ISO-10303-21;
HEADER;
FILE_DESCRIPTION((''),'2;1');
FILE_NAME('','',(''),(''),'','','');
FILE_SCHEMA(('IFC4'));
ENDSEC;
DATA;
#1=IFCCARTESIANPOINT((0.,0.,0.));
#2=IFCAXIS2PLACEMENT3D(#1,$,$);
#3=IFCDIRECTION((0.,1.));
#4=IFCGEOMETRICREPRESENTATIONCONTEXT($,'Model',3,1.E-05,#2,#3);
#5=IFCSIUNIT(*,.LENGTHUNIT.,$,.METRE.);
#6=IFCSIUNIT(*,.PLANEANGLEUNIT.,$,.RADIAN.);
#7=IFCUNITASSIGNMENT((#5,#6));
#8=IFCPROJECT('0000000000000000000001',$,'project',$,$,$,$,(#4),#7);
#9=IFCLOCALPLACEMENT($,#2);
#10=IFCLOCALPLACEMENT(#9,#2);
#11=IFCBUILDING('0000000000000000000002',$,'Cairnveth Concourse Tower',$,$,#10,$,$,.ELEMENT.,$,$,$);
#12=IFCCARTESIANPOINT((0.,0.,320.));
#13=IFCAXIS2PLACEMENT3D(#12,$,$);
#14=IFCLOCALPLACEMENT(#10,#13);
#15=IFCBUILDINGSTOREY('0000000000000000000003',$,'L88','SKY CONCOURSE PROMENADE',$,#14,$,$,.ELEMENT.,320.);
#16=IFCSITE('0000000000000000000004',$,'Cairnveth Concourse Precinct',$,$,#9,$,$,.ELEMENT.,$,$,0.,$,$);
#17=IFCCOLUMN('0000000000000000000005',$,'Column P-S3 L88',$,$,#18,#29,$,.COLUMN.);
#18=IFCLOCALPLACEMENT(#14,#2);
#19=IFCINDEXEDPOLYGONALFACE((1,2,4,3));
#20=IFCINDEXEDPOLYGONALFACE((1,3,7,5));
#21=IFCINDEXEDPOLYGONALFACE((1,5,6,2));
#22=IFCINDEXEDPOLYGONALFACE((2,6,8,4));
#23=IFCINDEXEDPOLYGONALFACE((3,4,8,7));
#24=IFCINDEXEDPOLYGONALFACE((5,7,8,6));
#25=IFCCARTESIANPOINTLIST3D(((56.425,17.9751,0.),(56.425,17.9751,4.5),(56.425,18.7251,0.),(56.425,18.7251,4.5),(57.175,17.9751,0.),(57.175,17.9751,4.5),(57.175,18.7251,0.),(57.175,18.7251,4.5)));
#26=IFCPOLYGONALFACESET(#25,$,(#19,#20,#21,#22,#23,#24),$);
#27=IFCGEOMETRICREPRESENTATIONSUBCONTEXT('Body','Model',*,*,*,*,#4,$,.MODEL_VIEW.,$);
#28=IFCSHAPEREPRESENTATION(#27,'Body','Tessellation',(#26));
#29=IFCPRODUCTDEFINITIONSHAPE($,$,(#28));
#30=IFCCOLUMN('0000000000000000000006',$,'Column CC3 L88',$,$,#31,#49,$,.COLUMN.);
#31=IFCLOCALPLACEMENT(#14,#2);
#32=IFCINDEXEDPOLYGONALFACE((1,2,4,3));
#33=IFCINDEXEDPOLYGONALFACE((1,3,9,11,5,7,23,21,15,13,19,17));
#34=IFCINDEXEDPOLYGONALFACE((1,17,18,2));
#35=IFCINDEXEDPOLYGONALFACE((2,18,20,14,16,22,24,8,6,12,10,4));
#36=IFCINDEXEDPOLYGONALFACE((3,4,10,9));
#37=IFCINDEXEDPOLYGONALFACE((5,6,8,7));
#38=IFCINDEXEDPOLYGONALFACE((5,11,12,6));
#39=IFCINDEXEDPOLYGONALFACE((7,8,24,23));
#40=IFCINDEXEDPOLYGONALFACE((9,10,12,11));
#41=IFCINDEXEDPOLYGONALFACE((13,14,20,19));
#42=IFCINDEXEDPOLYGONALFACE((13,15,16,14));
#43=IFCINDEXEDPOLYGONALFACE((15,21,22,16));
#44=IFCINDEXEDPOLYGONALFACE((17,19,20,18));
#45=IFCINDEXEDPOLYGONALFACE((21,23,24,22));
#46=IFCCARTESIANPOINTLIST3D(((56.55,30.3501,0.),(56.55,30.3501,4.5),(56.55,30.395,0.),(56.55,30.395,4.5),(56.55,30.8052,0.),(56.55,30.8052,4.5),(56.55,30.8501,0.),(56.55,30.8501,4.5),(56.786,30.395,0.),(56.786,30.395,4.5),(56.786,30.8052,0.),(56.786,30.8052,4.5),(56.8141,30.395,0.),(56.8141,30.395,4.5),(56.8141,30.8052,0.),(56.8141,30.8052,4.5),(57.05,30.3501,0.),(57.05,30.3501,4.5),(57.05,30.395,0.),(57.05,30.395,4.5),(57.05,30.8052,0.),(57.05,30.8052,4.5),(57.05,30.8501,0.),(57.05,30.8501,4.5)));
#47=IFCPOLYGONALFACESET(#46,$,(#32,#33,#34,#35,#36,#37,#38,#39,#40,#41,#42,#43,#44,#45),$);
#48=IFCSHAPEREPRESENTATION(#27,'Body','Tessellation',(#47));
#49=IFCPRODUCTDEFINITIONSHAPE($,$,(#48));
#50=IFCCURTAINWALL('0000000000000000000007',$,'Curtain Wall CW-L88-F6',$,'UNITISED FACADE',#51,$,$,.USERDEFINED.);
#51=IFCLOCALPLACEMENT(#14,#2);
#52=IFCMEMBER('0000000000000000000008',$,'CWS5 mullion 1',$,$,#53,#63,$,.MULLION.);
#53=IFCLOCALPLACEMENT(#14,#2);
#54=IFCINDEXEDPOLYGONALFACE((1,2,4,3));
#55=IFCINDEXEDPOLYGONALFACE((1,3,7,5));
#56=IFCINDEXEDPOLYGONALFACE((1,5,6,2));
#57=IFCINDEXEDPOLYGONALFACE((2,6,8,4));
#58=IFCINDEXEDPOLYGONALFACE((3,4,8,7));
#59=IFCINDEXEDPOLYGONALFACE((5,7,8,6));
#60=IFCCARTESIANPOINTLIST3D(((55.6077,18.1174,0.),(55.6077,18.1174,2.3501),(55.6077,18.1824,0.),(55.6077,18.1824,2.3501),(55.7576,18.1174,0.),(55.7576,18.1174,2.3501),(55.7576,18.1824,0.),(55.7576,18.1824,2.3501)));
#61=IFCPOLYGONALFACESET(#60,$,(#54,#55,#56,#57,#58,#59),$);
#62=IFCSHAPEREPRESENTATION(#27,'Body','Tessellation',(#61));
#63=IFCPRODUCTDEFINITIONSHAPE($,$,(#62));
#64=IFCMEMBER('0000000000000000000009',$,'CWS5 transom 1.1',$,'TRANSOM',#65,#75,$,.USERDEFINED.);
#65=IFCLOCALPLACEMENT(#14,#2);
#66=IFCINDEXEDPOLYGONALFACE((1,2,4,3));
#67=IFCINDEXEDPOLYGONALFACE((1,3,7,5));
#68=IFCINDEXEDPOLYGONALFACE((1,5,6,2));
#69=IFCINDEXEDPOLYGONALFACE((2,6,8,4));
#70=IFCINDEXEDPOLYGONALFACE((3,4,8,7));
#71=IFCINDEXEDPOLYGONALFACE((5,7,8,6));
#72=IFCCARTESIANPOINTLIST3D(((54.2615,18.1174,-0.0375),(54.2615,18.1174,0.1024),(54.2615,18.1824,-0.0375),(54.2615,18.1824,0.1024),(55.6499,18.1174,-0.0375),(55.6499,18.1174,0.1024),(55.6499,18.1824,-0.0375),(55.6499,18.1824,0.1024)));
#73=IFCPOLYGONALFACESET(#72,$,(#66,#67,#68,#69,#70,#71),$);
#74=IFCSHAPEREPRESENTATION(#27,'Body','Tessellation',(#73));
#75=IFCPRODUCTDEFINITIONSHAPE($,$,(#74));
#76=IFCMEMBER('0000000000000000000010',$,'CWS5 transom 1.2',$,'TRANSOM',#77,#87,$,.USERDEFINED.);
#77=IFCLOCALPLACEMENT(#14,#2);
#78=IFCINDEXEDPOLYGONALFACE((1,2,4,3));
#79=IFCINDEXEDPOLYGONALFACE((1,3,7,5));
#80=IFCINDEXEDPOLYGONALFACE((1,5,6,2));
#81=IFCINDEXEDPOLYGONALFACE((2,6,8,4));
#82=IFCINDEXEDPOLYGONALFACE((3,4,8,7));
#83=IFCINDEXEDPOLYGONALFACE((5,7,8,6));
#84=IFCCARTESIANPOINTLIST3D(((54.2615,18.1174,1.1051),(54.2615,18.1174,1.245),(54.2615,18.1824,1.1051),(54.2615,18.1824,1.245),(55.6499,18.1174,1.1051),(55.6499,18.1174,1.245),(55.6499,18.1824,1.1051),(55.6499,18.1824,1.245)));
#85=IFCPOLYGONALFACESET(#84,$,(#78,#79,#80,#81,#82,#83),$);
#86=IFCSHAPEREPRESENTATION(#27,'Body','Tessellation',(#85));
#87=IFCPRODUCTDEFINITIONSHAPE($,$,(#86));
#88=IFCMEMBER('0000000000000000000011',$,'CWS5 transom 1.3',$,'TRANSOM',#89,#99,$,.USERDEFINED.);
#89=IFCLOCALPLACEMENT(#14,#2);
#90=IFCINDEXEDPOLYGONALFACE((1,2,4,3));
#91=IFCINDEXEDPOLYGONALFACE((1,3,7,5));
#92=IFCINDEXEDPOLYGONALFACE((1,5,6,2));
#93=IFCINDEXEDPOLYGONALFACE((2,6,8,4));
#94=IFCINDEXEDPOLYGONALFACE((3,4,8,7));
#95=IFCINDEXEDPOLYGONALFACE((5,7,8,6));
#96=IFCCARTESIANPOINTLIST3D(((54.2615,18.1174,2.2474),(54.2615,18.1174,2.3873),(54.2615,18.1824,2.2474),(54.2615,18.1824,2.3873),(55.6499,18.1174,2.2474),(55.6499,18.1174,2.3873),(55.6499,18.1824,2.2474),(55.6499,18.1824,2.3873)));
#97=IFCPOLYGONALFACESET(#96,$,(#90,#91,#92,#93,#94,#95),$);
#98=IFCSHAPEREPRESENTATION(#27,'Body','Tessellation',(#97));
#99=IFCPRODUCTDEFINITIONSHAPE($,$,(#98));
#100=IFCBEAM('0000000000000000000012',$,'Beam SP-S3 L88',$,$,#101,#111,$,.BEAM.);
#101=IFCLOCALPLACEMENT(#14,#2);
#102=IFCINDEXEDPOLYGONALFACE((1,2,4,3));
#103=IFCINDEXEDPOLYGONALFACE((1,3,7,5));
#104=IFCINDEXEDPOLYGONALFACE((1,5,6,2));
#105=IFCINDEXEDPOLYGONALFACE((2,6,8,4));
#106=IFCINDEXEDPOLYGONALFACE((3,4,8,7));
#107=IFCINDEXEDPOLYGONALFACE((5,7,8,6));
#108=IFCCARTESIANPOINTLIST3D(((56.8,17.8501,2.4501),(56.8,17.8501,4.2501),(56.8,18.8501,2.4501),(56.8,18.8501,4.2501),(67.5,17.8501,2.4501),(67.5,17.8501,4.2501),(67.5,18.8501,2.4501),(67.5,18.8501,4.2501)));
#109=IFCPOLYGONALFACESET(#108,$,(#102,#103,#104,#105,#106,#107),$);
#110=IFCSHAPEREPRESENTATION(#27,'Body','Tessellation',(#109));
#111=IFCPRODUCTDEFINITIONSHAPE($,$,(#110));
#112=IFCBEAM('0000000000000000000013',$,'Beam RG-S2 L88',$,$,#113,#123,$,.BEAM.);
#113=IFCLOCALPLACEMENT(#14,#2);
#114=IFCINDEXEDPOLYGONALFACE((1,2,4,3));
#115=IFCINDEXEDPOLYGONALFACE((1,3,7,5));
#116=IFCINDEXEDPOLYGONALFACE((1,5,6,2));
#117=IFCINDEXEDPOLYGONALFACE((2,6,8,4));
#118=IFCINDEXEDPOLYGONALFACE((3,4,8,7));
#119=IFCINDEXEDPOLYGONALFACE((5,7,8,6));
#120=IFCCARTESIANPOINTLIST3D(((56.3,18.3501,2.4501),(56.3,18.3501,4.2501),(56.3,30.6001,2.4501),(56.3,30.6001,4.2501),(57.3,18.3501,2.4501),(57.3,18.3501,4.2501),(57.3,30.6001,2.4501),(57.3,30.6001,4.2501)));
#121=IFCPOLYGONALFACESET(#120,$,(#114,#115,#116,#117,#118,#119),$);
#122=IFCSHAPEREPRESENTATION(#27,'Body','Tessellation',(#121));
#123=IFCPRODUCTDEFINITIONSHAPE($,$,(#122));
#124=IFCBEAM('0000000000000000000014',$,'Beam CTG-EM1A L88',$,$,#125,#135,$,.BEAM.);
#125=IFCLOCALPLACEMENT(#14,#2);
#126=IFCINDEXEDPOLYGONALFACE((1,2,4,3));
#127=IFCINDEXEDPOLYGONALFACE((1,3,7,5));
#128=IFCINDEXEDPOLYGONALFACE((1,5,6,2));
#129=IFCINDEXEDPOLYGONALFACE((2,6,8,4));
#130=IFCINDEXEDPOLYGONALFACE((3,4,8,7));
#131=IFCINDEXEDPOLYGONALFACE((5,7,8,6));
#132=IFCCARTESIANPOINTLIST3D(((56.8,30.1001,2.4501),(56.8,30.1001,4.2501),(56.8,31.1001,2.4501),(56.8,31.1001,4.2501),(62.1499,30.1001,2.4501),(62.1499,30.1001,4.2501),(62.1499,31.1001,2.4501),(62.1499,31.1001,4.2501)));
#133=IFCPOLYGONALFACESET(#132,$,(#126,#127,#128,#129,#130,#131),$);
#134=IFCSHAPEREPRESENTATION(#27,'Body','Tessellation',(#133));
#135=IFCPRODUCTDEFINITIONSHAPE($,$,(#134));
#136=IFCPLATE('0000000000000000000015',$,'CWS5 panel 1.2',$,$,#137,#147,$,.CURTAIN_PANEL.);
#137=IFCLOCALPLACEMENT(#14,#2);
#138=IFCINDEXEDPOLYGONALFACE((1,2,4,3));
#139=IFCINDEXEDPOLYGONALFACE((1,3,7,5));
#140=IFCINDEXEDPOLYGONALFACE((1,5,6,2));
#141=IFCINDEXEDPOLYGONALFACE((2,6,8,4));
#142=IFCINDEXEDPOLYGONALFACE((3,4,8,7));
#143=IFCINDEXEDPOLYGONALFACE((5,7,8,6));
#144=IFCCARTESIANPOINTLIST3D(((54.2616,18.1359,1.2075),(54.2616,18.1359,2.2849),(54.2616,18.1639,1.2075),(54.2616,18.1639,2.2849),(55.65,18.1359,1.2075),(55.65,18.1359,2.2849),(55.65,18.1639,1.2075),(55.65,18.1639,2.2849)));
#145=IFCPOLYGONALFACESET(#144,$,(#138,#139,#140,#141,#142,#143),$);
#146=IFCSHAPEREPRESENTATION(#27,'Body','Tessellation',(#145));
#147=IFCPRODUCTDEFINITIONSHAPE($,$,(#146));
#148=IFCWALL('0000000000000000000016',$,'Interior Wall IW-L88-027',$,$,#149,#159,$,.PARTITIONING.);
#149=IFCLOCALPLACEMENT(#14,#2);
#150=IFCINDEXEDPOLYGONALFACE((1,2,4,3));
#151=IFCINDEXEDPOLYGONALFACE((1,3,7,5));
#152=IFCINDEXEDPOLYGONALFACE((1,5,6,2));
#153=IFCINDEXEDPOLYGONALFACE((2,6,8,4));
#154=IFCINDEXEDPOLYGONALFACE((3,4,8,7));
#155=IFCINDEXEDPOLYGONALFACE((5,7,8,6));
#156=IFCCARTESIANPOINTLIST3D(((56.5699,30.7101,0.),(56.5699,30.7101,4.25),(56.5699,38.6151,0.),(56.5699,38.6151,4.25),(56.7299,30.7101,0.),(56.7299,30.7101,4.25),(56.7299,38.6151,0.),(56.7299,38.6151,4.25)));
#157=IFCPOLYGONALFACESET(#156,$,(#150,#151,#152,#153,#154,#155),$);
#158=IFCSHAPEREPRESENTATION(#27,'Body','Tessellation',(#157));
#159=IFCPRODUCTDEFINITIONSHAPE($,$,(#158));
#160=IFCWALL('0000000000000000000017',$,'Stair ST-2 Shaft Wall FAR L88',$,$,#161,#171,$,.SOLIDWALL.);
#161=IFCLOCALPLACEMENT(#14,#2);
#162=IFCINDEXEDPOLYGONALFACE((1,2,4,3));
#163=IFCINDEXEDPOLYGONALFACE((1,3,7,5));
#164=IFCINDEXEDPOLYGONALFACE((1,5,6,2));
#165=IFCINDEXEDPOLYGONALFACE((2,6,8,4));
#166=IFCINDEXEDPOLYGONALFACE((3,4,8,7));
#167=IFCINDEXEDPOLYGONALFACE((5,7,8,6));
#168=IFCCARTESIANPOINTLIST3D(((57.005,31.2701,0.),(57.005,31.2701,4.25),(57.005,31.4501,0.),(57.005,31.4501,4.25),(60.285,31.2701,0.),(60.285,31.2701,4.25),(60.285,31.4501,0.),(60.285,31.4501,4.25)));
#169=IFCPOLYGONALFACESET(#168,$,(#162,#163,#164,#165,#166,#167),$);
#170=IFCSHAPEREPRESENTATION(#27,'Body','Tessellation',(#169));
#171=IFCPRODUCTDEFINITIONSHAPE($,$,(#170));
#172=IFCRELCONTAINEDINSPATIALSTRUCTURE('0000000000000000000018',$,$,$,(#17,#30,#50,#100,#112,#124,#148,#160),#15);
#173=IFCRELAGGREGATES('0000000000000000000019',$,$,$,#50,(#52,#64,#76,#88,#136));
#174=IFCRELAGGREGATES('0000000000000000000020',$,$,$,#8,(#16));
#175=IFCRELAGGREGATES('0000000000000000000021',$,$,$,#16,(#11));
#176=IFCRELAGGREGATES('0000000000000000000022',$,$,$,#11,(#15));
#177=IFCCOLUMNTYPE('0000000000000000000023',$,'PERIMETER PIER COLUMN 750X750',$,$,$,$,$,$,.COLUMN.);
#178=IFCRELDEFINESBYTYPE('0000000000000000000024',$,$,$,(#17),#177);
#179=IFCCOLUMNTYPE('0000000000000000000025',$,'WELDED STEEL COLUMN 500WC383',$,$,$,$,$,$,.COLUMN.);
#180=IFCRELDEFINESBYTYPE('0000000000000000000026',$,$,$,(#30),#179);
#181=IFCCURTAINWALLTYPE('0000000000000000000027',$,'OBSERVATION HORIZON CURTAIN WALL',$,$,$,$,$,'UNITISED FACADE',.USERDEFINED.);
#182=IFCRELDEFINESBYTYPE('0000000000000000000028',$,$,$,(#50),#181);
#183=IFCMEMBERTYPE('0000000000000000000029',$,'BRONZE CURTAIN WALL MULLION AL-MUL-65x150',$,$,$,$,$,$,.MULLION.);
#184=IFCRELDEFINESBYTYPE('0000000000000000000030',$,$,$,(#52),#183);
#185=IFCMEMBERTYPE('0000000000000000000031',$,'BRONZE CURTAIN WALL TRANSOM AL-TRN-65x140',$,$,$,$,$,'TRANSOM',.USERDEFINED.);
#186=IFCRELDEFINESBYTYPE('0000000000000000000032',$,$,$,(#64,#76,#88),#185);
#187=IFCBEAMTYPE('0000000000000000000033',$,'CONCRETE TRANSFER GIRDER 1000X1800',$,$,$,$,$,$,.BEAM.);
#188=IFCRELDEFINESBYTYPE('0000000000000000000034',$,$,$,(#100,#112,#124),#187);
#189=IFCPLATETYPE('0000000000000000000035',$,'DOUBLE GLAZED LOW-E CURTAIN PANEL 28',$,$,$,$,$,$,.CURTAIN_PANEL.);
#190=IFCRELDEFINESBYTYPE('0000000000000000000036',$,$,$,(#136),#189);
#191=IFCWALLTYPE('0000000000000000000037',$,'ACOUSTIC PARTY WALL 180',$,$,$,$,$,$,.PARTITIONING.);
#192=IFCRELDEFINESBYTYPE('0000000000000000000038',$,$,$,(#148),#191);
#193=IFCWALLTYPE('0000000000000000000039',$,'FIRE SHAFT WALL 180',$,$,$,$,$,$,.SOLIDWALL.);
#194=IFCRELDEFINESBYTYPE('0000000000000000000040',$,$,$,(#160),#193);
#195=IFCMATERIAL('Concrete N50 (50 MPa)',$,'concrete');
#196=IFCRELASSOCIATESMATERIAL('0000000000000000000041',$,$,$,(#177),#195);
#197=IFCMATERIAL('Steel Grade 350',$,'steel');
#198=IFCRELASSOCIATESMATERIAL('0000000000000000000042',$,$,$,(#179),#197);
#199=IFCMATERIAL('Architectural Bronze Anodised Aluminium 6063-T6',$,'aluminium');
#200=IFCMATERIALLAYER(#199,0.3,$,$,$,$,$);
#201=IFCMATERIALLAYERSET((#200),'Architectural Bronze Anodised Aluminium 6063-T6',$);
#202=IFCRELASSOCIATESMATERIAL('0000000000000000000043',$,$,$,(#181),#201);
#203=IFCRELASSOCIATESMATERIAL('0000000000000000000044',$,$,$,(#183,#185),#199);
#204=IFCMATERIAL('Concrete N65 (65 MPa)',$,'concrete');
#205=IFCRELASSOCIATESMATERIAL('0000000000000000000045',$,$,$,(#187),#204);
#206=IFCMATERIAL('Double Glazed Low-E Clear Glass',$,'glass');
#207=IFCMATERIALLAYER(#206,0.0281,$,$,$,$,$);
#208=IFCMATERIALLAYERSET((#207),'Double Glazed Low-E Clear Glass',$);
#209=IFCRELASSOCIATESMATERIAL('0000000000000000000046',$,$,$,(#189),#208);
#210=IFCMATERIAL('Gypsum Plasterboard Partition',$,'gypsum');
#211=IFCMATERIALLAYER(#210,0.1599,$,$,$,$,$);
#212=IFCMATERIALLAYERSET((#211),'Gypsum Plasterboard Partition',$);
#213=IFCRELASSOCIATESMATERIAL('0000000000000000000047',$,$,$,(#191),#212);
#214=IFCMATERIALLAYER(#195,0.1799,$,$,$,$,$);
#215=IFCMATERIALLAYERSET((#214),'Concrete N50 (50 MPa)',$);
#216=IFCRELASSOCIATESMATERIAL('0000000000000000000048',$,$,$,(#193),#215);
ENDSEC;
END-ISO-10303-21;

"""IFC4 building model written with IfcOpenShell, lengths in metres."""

from ifc_helpers import new_model, si_unit, direction, frame, frame_2d, origin, origin_2d, place, context, subcontext, project, spatial, rectangle, i_section, extrude, material, layer, layer_set, material_profile, profile_set, type_object, element, aggregate, save


model = new_model("IFC4")

# Units and contexts
model_context = context("Model", 3, precision=1e-05, world=origin(), true_north=direction((0.0, 1.0)))
body_context = subcontext(model_context, "Body", "Model", "MODEL_VIEW")
ifc_project = project(units=[si_unit("LENGTHUNIT", "METRE"), si_unit("PLANEANGLEUNIT", "RADIAN")], contexts=[model_context])

# Site, building, storey
site_placement = place(None, origin())
site = spatial("IfcSite", under=ifc_project, at=site_placement, Name="Cairnveth Concourse Precinct", CompositionType="ELEMENT", RefElevation=0.0)
building_placement = place(site_placement, origin())
building = spatial("IfcBuilding", under=site, at=building_placement, Name="Cairnveth Concourse Tower", CompositionType="ELEMENT")
storey_placement = place(building_placement, frame((0.0, 0.0, 320.0)))
storey = spatial("IfcBuildingStorey", under=building, at=storey_placement, Name="L88", Description="SKY CONCOURSE PROMENADE", CompositionType="ELEMENT", Elevation=320.0)

# Columns
ifc_material_1 = material(Name="Concrete N50 (50 MPa)", Category="concrete")
ifc_material_profile_1 = material_profile(ifc_material_1, rectangle(XDim=0.75, YDim=0.75, at=origin_2d()), Name="RC-COL-750x750")
ifc_profile_set_1 = profile_set([ifc_material_profile_1], Name="Concrete N50 (50 MPa)")
column_type_1 = type_object("IfcColumnType", Name="PERIMETER PIER COLUMN 750X750", PredefinedType="COLUMN", material=ifc_profile_set_1)
column_1_placement = place(storey_placement, frame((56.8, 18.3501, 0.0), z_axis=(0.0, 0.0, 1.0), x_axis=(1.0, 0.0, 0.0)))
element("IfcColumn", 1, at=column_1_placement, inside=storey, type_object=column_type_1, Name="Column P-S3 L88", PredefinedType="COLUMN", context=body_context, shape_type="SweptSolid", body=[
    extrude(rectangle(XDim=0.75, YDim=0.75, at=origin_2d()), origin(), (0.0, 0.0, 1.0), 4.5),
])
ifc_material_2 = material(Name="Steel Grade 350", Category="steel")
ifc_material_profile_2 = material_profile(ifc_material_2, i_section(OverallWidth=0.5, OverallDepth=0.5, WebThickness=0.0281, FlangeThickness=0.0449, at=origin_2d()), Name="500WC383")
ifc_profile_set_2 = profile_set([ifc_material_profile_2], Name="Steel Grade 350")
column_type_2 = type_object("IfcColumnType", Name="WELDED STEEL COLUMN 500WC383", PredefinedType="COLUMN", material=ifc_profile_set_2)
column_2_placement = place(storey_placement, frame((56.8, 30.6001, 0.0), z_axis=(0.0, 0.0, 1.0), x_axis=(1.0, 0.0, 0.0)))
element("IfcColumn", 2, at=column_2_placement, inside=storey, type_object=column_type_2, Name="Column CC3 L88", PredefinedType="COLUMN", context=body_context, shape_type="SweptSolid", body=[
    extrude(i_section(OverallWidth=0.5, OverallDepth=0.5, WebThickness=0.0281, FlangeThickness=0.0449, at=origin_2d()), origin(), (0.0, 0.0, 1.0), 4.5),
])

# Curtain wall, members
ifc_material_3 = material(Name="Architectural Bronze Anodised Aluminium 6063-T6", Category="aluminium")
ifc_layer_1 = layer(ifc_material_3, 0.3)
ifc_layer_set_1 = layer_set([ifc_layer_1], Name="Architectural Bronze Anodised Aluminium 6063-T6")
curtain_wall_type = type_object("IfcCurtainWallType", Name="OBSERVATION HORIZON CURTAIN WALL", ElementType="UNITISED FACADE", PredefinedType="USERDEFINED", material=ifc_layer_set_1)
curtain_wall_placement = place(storey_placement, origin())
curtain_wall = element("IfcCurtainWall", 3, at=curtain_wall_placement, inside=storey, type_object=curtain_wall_type, Name="Curtain Wall CW-L88-F6", ObjectType="UNITISED FACADE", PredefinedType="USERDEFINED")
ifc_material_profile_3 = material_profile(ifc_material_3, rectangle(XDim=0.0649, YDim=0.1499, at=origin_2d()), Name="AL-MUL-65x150")
ifc_profile_set_3 = profile_set([ifc_material_profile_3], Name="Architectural Bronze Anodised Aluminium 6063-T6")
member_type_1 = type_object("IfcMemberType", Name="BRONZE CURTAIN WALL MULLION AL-MUL-65x150", PredefinedType="MULLION", material=ifc_profile_set_3)
member_1_placement = place(storey_placement, frame((55.6826, 18.1499, 0.0), z_axis=(0.0, 0.0, 1.0), x_axis=(0.0, -1.0, 0.0)))
member_1 = element("IfcMember", 4, at=member_1_placement, type_object=member_type_1, Name="CWS5 mullion 1", PredefinedType="MULLION", context=body_context, shape_type="SweptSolid", body=[
    extrude(rectangle(XDim=0.0649, YDim=0.1499, at=origin_2d()), origin(), (0.0, 0.0, 1.0), 2.3501),
])
ifc_material_profile_4 = material_profile(ifc_material_3, rectangle(XDim=0.0649, YDim=0.1399, at=origin_2d()), Name="AL-TRN-65x140")
ifc_profile_set_4 = profile_set([ifc_material_profile_4], Name="Architectural Bronze Anodised Aluminium 6063-T6")
member_type_2 = type_object("IfcMemberType", Name="BRONZE CURTAIN WALL TRANSOM AL-TRN-65x140", ElementType="TRANSOM", PredefinedType="USERDEFINED", material=ifc_profile_set_4)
member_2_placement = place(storey_placement, frame((55.6499, 18.1499, 0.0325), z_axis=(-1.0, 0.0, 0.0), x_axis=(0.0, -1.0, 0.0)))
member_2 = element("IfcMember", 5, at=member_2_placement, type_object=member_type_2, Name="CWS5 transom 1.1", ObjectType="TRANSOM", PredefinedType="USERDEFINED", context=body_context, shape_type="SweptSolid", body=[
    extrude(rectangle(XDim=0.0649, YDim=0.1399, at=origin_2d()), origin(), (0.0, 0.0, 1.0), 1.3884),
])
member_3_placement = place(storey_placement, frame((55.6499, 18.1499, 1.175), z_axis=(-1.0, 0.0, 0.0), x_axis=(0.0, -1.0, 0.0)))
member_3 = element("IfcMember", 6, at=member_3_placement, type_object=member_type_2, Name="CWS5 transom 1.2", ObjectType="TRANSOM", PredefinedType="USERDEFINED", context=body_context, shape_type="SweptSolid", body=[
    extrude(rectangle(XDim=0.0649, YDim=0.1399, at=origin_2d()), origin(), (0.0, 0.0, 1.0), 1.3884),
])
member_4_placement = place(storey_placement, frame((55.6499, 18.1499, 2.3174), z_axis=(-1.0, 0.0, 0.0), x_axis=(0.0, -1.0, 0.0)))
member_4 = element("IfcMember", 7, at=member_4_placement, type_object=member_type_2, Name="CWS5 transom 1.3", ObjectType="TRANSOM", PredefinedType="USERDEFINED", context=body_context, shape_type="SweptSolid", body=[
    extrude(rectangle(XDim=0.0649, YDim=0.1399, at=origin_2d()), origin(), (0.0, 0.0, 1.0), 1.3884),
])

# Beams
ifc_material_4 = material(Name="Concrete N65 (65 MPa)", Category="concrete")
ifc_material_profile_5 = material_profile(ifc_material_4, rectangle(XDim=1.0, YDim=1.8, at=origin_2d()), Name="RC-TB-1000x1800")
ifc_profile_set_5 = profile_set([ifc_material_profile_5], Name="Concrete N65 (65 MPa)")
beam_type = type_object("IfcBeamType", Name="CONCRETE TRANSFER GIRDER 1000X1800", PredefinedType="BEAM", material=ifc_profile_set_5)
beam_1_placement = place(storey_placement, frame((56.8, 18.3501, 3.3501), z_axis=(1.0, 0.0, 0.0), x_axis=(0.0, 1.0, 0.0)))
element("IfcBeam", 8, at=beam_1_placement, inside=storey, type_object=beam_type, Name="Beam SP-S3 L88", PredefinedType="BEAM", context=body_context, shape_type="SweptSolid", body=[
    extrude(rectangle(XDim=1.0, YDim=1.8, at=origin_2d()), origin(), (0.0, 0.0, 1.0), 10.7),
])
beam_2_placement = place(storey_placement, frame((56.8, 18.3501, 3.3501), z_axis=(0.0, 1.0, 0.0), x_axis=(-1.0, 0.0, 0.0)))
element("IfcBeam", 9, at=beam_2_placement, inside=storey, type_object=beam_type, Name="Beam RG-S2 L88", PredefinedType="BEAM", context=body_context, shape_type="SweptSolid", body=[
    extrude(rectangle(XDim=1.0, YDim=1.8, at=origin_2d()), origin(), (0.0, 0.0, 1.0), 12.25),
])
beam_3_placement = place(storey_placement, frame((56.8, 30.6001, 3.3501), z_axis=(1.0, 0.0, 0.0), x_axis=(0.0, 1.0, 0.0)))
element("IfcBeam", 10, at=beam_3_placement, inside=storey, type_object=beam_type, Name="Beam CTG-EM1A L88", PredefinedType="BEAM", context=body_context, shape_type="SweptSolid", body=[
    extrude(rectangle(XDim=1.0, YDim=1.8, at=origin_2d()), origin(), (0.0, 0.0, 1.0), 5.3499),
])

# Plate
ifc_material_5 = material(Name="Double Glazed Low-E Clear Glass", Category="glass")
ifc_layer_2 = layer(ifc_material_5, 0.0281)
ifc_layer_set_2 = layer_set([ifc_layer_2], Name="Double Glazed Low-E Clear Glass")
plate_type = type_object("IfcPlateType", Name="DOUBLE GLAZED LOW-E CURTAIN PANEL 28", PredefinedType="CURTAIN_PANEL", material=ifc_layer_set_2)
plate_placement = place(storey_placement, frame((54.9558, 18.1499, 1.2075), z_axis=(0.0, 0.0, 1.0), x_axis=(-1.0, 0.0, 0.0)))
plate = element("IfcPlate", 11, at=plate_placement, type_object=plate_type, Name="CWS5 panel 1.2", PredefinedType="CURTAIN_PANEL", context=body_context, shape_type="SweptSolid", body=[
    extrude(rectangle(XDim=1.3884, YDim=0.0281, at=origin_2d()), origin(), (0.0, 0.0, 1.0), 1.0774),
])
aggregate(curtain_wall, [member_1, member_2, member_3, member_4, plate])

# Walls
ifc_material_6 = material(Name="Gypsum Plasterboard Partition", Category="gypsum")
ifc_layer_3 = layer(ifc_material_6, 0.1599)
ifc_layer_set_3 = layer_set([ifc_layer_3], Name="Gypsum Plasterboard Partition")
wall_type_1 = type_object("IfcWallType", Name="ACOUSTIC PARTY WALL 180", PredefinedType="PARTITIONING", material=ifc_layer_set_3)
wall_1_placement = place(storey_placement, frame((56.6499, 30.71, 0.0), z_axis=(0.0, 0.0, 1.0), x_axis=(0.0, 1.0, 0.0)))
element("IfcWall", 12, at=wall_1_placement, inside=storey, type_object=wall_type_1, Name="Interior Wall IW-L88-027", PredefinedType="PARTITIONING", context=body_context, shape_type="SweptSolid", body=[
    extrude(rectangle(XDim=7.905, YDim=0.1599, at=frame_2d((3.9526, 0.0))), origin(), (0.0, 0.0, 1.0), 4.25),
])
ifc_layer_4 = layer(ifc_material_1, 0.1799)
ifc_layer_set_4 = layer_set([ifc_layer_4], Name="Concrete N50 (50 MPa)")
wall_type_2 = type_object("IfcWallType", Name="FIRE SHAFT WALL 180", PredefinedType="SOLIDWALL", material=ifc_layer_set_4)
wall_2_placement = place(storey_placement, frame((57.0049, 31.3601, 0.0), z_axis=(0.0, 0.0, 1.0), x_axis=(1.0, 0.0, 0.0)))
element("IfcWall", 13, at=wall_2_placement, inside=storey, type_object=wall_type_2, Name="Stair ST-2 Shaft Wall FAR L88", PredefinedType="SOLIDWALL", context=body_context, shape_type="SweptSolid", body=[
    extrude(rectangle(XDim=3.28, YDim=0.1799, at=frame_2d((1.6401, 0.0))), origin(), (0.0, 0.0, 1.0), 4.25),
])

save(model, "model.ifc")
